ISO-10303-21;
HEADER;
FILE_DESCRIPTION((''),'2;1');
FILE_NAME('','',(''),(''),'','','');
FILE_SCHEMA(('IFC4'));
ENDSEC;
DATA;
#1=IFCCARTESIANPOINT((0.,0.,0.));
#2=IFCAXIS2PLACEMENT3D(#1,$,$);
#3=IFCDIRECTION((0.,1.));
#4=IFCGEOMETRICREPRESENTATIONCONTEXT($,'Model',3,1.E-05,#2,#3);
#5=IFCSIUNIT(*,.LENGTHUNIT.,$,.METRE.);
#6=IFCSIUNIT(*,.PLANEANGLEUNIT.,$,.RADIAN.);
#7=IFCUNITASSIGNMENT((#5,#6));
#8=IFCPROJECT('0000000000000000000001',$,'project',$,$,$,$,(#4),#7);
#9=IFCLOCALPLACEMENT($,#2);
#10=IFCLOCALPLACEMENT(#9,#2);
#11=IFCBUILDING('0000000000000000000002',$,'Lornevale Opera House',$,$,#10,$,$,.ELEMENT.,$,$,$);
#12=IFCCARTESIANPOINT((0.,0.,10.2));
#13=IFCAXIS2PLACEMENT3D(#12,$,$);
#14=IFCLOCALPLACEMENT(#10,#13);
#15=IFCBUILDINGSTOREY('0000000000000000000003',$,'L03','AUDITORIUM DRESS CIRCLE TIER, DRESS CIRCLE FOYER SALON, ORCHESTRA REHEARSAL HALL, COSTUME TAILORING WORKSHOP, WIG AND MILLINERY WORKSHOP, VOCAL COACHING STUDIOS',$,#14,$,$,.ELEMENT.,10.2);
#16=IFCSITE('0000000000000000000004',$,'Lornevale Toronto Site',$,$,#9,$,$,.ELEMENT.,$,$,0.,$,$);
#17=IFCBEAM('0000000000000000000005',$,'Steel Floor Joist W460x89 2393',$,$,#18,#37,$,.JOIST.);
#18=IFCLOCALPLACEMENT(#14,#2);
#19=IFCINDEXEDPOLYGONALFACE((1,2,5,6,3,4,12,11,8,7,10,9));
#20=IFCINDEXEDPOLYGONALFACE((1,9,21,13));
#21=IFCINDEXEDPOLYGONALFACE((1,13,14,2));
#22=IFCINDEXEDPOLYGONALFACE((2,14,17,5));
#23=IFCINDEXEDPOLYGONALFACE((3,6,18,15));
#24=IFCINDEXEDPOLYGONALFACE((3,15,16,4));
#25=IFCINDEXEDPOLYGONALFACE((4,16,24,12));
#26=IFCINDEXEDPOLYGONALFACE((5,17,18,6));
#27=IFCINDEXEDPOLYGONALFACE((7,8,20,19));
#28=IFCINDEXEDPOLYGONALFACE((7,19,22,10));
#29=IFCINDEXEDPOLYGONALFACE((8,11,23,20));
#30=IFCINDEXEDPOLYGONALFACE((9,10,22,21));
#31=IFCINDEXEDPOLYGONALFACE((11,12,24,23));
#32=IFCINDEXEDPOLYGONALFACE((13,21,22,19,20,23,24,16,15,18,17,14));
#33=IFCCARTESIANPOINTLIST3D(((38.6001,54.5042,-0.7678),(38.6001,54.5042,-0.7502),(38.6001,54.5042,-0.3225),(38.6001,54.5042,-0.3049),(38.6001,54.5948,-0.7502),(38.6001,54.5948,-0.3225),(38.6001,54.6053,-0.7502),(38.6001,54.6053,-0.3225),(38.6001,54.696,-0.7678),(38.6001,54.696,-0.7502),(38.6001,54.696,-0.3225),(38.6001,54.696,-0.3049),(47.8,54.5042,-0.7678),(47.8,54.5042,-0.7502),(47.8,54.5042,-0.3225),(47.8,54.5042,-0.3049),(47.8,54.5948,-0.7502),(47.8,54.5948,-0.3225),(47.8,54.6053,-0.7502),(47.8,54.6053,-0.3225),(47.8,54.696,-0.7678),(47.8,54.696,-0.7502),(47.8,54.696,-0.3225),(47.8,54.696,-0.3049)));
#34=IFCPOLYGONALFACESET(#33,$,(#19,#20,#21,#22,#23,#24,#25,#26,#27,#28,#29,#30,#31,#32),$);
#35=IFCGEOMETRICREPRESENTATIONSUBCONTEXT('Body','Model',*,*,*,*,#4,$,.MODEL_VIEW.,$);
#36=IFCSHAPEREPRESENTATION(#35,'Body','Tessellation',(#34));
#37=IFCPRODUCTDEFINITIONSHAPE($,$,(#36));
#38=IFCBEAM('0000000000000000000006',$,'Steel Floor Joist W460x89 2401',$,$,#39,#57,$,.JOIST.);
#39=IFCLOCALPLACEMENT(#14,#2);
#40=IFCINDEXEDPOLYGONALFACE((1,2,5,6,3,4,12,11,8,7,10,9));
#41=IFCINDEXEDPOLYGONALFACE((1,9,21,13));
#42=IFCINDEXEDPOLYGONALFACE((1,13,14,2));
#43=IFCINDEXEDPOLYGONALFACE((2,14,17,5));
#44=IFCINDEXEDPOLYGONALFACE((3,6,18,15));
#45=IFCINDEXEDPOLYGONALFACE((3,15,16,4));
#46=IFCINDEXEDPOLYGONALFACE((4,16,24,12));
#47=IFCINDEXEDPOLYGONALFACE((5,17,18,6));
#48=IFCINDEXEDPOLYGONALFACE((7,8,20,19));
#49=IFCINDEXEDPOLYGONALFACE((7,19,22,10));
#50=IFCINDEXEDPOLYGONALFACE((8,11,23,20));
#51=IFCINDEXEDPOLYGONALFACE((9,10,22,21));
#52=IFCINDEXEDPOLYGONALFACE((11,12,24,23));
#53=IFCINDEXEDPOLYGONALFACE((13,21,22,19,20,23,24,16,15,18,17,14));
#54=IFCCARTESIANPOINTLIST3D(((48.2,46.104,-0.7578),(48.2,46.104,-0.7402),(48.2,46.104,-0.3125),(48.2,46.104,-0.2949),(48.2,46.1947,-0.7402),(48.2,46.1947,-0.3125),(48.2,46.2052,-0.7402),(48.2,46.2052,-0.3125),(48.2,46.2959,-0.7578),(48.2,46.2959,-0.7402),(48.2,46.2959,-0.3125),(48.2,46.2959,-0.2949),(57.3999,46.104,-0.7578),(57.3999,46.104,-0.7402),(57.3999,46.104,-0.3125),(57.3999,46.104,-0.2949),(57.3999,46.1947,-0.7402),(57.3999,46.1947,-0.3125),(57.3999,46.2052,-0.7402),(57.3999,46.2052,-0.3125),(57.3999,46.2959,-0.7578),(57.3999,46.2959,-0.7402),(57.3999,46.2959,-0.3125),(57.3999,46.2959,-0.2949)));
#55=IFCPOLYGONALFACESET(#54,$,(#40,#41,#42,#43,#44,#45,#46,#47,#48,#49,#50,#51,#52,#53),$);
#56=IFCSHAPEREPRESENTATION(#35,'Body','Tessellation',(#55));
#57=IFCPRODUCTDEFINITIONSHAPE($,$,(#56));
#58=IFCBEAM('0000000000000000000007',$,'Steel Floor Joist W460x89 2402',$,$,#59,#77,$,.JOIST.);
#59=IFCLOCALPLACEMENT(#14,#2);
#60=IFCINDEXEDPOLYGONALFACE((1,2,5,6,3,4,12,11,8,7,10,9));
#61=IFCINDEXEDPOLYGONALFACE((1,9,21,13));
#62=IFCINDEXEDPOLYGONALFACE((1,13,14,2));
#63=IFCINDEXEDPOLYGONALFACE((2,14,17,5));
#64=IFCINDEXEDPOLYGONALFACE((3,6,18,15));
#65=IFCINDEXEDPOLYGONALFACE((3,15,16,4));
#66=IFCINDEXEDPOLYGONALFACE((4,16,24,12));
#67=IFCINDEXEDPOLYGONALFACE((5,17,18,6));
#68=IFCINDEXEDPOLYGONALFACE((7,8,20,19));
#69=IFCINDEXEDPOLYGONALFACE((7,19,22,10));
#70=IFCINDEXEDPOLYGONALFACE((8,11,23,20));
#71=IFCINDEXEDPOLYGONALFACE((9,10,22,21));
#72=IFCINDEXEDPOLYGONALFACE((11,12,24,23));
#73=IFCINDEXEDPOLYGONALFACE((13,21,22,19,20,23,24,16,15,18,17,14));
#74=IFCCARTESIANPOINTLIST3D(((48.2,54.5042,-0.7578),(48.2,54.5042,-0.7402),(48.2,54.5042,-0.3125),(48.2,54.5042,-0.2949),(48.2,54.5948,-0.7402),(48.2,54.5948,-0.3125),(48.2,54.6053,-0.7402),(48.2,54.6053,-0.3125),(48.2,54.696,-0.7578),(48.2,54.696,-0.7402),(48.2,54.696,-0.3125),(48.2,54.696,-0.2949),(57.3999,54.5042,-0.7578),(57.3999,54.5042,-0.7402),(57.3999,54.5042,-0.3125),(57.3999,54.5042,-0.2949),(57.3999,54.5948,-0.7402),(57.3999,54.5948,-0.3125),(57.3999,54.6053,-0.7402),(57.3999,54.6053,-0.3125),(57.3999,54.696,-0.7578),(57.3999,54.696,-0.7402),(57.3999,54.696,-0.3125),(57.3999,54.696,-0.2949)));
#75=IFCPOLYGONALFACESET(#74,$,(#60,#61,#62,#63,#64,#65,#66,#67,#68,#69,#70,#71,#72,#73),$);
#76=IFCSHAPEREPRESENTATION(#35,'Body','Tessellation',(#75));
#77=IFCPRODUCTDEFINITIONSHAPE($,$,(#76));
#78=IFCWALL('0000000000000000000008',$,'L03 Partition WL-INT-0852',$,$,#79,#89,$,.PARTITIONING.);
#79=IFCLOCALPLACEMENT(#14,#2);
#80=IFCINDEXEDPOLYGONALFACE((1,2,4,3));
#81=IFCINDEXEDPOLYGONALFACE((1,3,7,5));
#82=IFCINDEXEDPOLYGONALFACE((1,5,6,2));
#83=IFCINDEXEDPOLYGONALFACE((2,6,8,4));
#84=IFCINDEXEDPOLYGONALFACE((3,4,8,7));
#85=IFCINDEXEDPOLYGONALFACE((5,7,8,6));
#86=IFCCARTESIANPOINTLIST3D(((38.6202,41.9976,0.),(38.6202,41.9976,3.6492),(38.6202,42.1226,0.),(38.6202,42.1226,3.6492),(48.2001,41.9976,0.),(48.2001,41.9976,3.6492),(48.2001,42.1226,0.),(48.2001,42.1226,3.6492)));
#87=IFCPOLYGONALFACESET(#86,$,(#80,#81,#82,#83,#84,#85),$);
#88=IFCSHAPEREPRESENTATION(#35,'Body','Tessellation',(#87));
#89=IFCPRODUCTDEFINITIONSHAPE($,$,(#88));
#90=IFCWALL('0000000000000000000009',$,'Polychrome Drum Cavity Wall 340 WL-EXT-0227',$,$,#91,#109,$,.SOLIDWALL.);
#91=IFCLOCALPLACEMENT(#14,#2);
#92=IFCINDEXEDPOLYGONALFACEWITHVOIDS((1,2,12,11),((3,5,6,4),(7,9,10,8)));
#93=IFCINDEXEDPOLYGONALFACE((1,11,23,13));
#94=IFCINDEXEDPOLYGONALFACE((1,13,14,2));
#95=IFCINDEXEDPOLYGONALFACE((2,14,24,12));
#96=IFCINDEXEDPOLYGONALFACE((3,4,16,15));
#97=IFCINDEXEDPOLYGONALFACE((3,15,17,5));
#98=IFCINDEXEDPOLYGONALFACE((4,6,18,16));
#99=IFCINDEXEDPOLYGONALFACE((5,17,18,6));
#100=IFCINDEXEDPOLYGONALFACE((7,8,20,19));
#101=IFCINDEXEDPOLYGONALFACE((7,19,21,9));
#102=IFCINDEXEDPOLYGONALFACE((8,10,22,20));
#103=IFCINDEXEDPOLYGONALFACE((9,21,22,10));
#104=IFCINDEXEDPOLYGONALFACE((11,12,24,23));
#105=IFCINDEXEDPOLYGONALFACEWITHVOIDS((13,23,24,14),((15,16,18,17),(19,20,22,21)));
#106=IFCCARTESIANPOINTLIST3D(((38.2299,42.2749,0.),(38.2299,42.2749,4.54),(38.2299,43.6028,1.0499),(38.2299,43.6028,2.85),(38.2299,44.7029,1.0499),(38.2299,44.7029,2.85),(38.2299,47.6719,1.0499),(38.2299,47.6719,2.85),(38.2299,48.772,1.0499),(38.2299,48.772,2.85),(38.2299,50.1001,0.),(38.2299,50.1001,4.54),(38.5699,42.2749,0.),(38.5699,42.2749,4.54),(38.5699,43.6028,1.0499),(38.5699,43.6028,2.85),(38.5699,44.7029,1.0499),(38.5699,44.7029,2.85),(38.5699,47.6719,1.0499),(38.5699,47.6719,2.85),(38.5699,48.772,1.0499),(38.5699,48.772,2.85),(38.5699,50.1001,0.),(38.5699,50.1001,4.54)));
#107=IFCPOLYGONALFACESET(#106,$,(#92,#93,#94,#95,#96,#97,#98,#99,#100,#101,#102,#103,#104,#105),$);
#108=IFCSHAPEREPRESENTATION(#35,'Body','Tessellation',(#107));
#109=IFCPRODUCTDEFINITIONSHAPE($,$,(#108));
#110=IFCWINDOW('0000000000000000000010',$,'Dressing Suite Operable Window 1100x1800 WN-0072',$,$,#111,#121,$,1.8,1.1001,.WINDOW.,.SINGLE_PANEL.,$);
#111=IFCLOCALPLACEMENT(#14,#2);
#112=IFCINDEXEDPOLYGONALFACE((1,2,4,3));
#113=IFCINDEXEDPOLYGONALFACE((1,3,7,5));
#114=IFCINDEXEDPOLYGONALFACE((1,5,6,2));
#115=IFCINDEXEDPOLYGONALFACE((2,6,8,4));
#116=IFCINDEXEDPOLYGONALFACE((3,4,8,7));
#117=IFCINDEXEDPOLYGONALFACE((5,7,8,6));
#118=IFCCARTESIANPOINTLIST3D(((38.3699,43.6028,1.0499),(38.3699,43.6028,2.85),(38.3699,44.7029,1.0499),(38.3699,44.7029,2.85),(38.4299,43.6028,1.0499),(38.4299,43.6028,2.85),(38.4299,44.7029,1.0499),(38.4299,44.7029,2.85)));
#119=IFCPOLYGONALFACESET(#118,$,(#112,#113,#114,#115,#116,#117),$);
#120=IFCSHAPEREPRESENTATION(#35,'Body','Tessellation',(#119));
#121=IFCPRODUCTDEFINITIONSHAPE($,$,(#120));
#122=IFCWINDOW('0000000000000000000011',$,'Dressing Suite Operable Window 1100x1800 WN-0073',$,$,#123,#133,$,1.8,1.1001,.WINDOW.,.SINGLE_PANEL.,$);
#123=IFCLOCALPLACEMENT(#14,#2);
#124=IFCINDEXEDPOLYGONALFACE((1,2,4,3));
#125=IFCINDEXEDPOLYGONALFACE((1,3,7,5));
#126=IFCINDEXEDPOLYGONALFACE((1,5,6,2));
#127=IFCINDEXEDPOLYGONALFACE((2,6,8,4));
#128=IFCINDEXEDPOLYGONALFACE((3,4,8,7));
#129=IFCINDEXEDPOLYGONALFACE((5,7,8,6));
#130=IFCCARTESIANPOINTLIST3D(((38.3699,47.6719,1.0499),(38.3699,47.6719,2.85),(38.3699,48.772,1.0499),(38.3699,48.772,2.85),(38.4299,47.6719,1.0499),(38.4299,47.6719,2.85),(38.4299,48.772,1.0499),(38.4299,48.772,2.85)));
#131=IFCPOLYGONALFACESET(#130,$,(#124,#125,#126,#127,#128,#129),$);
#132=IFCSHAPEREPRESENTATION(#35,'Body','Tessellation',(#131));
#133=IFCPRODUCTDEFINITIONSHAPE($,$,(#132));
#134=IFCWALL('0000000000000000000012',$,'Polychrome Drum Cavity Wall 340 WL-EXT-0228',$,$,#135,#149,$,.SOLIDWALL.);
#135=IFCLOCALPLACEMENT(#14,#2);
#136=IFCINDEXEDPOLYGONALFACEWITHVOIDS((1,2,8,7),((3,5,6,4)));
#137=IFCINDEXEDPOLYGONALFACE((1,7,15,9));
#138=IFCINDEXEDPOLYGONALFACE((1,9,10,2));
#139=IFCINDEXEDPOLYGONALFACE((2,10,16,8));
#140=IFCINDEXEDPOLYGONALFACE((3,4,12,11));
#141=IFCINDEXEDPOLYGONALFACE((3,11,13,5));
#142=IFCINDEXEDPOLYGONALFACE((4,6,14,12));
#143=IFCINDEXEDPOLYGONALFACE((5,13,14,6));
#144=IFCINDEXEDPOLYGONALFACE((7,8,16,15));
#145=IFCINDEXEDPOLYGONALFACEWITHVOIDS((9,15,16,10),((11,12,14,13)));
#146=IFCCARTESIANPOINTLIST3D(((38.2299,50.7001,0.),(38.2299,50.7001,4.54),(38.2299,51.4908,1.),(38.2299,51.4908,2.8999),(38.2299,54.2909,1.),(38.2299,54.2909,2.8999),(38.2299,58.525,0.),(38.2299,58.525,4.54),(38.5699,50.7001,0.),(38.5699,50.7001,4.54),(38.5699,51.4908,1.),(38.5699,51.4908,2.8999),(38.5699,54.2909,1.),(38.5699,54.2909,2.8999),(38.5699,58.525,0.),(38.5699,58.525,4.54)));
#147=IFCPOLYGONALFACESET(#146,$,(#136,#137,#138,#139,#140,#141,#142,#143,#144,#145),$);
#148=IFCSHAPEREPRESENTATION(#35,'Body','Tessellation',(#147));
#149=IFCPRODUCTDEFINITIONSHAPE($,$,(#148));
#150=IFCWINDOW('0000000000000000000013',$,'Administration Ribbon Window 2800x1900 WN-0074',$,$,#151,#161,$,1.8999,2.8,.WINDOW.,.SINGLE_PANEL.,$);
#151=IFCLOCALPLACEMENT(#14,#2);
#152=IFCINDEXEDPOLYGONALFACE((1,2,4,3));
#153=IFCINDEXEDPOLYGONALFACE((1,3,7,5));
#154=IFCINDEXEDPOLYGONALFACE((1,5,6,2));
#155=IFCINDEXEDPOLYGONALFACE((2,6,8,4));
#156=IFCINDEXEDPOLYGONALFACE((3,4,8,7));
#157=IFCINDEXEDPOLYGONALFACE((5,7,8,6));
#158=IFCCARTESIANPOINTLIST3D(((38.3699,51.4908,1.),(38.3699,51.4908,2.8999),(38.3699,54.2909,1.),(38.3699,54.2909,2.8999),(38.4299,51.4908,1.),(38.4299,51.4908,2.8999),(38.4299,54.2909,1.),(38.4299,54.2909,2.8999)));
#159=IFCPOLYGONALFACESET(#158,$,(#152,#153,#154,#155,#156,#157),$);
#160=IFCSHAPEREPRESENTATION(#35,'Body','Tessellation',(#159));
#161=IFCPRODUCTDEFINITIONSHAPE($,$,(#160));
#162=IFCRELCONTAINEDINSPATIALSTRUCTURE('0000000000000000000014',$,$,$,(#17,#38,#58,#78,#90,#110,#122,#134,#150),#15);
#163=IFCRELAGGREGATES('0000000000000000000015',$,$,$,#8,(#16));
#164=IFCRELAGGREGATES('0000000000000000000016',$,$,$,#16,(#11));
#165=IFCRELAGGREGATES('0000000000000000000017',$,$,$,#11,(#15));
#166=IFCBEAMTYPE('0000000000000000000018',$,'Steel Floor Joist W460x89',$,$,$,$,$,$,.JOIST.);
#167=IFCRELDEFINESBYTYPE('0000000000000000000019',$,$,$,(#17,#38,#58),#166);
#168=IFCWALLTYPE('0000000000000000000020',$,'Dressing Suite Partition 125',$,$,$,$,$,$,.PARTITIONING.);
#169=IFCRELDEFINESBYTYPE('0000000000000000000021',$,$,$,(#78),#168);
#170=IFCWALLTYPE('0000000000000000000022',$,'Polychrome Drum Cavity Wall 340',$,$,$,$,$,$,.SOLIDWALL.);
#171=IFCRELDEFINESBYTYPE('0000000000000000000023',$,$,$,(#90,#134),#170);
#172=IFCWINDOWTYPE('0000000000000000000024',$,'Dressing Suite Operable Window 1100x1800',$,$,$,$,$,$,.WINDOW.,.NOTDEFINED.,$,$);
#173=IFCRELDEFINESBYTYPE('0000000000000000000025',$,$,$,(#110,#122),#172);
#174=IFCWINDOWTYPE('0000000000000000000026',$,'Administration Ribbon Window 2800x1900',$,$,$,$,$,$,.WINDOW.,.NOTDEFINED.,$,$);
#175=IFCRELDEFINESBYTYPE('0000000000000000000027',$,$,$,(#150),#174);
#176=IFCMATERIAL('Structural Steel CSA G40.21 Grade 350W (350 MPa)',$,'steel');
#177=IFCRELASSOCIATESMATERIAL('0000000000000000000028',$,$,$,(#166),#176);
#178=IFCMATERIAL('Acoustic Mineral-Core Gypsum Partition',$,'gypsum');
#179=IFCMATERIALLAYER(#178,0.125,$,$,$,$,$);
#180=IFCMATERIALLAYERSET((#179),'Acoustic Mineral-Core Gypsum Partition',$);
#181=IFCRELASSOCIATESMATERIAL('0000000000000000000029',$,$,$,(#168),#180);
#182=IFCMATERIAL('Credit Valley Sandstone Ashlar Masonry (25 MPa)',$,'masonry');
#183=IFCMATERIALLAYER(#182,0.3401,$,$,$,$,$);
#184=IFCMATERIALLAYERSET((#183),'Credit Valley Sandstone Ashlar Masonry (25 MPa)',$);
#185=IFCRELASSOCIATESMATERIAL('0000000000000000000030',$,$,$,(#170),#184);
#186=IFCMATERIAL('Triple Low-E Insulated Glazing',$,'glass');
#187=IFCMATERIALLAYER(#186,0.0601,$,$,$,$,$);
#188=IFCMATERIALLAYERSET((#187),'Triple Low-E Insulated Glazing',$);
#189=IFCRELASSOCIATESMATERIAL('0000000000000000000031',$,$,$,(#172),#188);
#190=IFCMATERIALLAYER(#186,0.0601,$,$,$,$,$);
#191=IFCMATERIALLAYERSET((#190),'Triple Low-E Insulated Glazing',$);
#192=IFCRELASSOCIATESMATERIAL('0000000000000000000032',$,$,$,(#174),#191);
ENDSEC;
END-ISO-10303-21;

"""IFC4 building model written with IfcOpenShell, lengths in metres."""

from ifc_helpers import new_model, si_unit, direction, frame, frame_2d, origin, origin_2d, place, context, subcontext, project, spatial, rectangle, i_section, extrude, material, layer, layer_set, material_profile, profile_set, type_object, element, fill, save


model = new_model("IFC4")

# Units and contexts
model_context = context("Model", 3, precision=1e-05, world=origin(), true_north=direction((0.0, 1.0)))
body_context = subcontext(model_context, "Body", "Model", "MODEL_VIEW")
ifc_project = project(units=[si_unit("LENGTHUNIT", "METRE"), si_unit("PLANEANGLEUNIT", "RADIAN")], contexts=[model_context])

# Site, building, storey
site_placement = place(None, origin())
site = spatial("IfcSite", under=ifc_project, at=site_placement, Name="Lornevale Toronto Site", CompositionType="ELEMENT", RefElevation=0.0)
building_placement = place(site_placement, origin())
building = spatial("IfcBuilding", under=site, at=building_placement, Name="Lornevale Opera House", CompositionType="ELEMENT")
storey_placement = place(building_placement, frame((0.0, 0.0, 10.2)))
storey = spatial("IfcBuildingStorey", under=building, at=storey_placement, Name="L03", Description="AUDITORIUM DRESS CIRCLE TIER, DRESS CIRCLE FOYER SALON, ORCHESTRA REHEARSAL HALL, COSTUME TAILORING WORKSHOP, WIG AND MILLINERY WORKSHOP, VOCAL COACHING STUDIOS", CompositionType="ELEMENT", Elevation=10.2)

# Beams
ifc_material_1 = material(Name="Structural Steel CSA G40.21 Grade 350W (350 MPa)", Category="steel")
ifc_material_profile_1 = material_profile(ifc_material_1, i_section(OverallWidth=0.1919, OverallDepth=0.4629, WebThickness=0.0105, FlangeThickness=0.0176, at=origin_2d()), Name="W460x89")
ifc_profile_set_1 = profile_set([ifc_material_profile_1], Name="Structural Steel CSA G40.21 Grade 350W (350 MPa)")
beam_type_1 = type_object("IfcBeamType", Name="Steel Floor Joist W460x89", PredefinedType="JOIST", material=ifc_profile_set_1)
for number, where, z_axis, x_axis, name in (
    (1, (38.6001, 54.6001, -0.5364), (1.0, 0.0, 0.0), (0.0, 1.0, 0.0), "Steel Floor Joist W460x89 2393"),
    (2, (48.2, 46.2, -0.5264), (1.0, 0.0, 0.0), (0.0, 1.0, 0.0), "Steel Floor Joist W460x89 2401"),
    (3, (48.2, 54.6001, -0.5264), (1.0, 0.0, 0.0), (0.0, 1.0, 0.0), "Steel Floor Joist W460x89 2402"),
):
    element("IfcBeam", number, at=place(storey_placement, frame(where, z_axis=z_axis, x_axis=x_axis)), inside=storey, type_object=beam_type_1, Name=name, PredefinedType="JOIST", context=body_context, shape_type="SweptSolid", body=[
        extrude(i_section(OverallWidth=0.1919, OverallDepth=0.4629, WebThickness=0.0105, FlangeThickness=0.0176, at=origin_2d()), origin(), (0.0, 0.0, 1.0), 9.2),
    ])

# Wall
ifc_material_2 = material(Name="Acoustic Mineral-Core Gypsum Partition", Category="gypsum")
ifc_layer_1 = layer(ifc_material_2, 0.125)
ifc_layer_set_1 = layer_set([ifc_layer_1], Name="Acoustic Mineral-Core Gypsum Partition")
wall_type_1 = type_object("IfcWallType", Name="Dressing Suite Partition 125", PredefinedType="PARTITIONING", material=ifc_layer_set_1)
wall_1_placement = place(storey_placement, frame((38.6201, 42.0601, 0.0), z_axis=(0.0, 0.0, 1.0), x_axis=(1.0, 0.0, 0.0)))
element("IfcWall", 4, at=wall_1_placement, inside=storey, type_object=wall_type_1, Name="L03 Partition WL-INT-0852", PredefinedType="PARTITIONING", context=body_context, shape_type="SweptSolid", body=[
    extrude(rectangle(XDim=9.5798, YDim=0.125, at=frame_2d((4.79, 0.0))), origin(), (0.0, 0.0, 1.0), 3.6492),
])

# Wall, openings, windows
ifc_material_3 = material(Name="Credit Valley Sandstone Ashlar Masonry (25 MPa)", Category="masonry")
ifc_layer_2 = layer(ifc_material_3, 0.3401)
ifc_layer_set_2 = layer_set([ifc_layer_2], Name="Credit Valley Sandstone Ashlar Masonry (25 MPa)")
wall_type_2 = type_object("IfcWallType", Name="Polychrome Drum Cavity Wall 340", PredefinedType="SOLIDWALL", material=ifc_layer_set_2)
wall_2_placement = place(storey_placement, frame((38.3999, 42.2749, 0.0), z_axis=(0.0, 0.0, 1.0), x_axis=(0.0, 1.0, 0.0)))
wall_2 = element("IfcWall", 5, at=wall_2_placement, inside=storey, type_object=wall_type_2, Name="Polychrome Drum Cavity Wall 340 WL-EXT-0227", PredefinedType="SOLIDWALL", context=body_context, shape_type="SweptSolid", body=[
    extrude(rectangle(XDim=7.8252, YDim=0.3401, at=frame_2d((3.9126, 0.0))), origin(), (0.0, 0.0, 1.0), 4.54),
])
opening_1_placement = place(wall_2_placement, frame((1.3279, 0.0, 1.05)))
opening_1 = element("IfcOpeningElement", 6, at=opening_1_placement, cuts=wall_2, PredefinedType="OPENING", context=body_context, shape_type="SweptSolid", body=[
    extrude(rectangle(XDim=1.1001, YDim=1.8, at=frame_2d((0.55, 0.8999))), frame((0.0, 0.1799, 0.0), z_axis=(0.0, -1.0, 0.0), x_axis=(1.0, 0.0, 0.0)), (0.0, 0.0, 1.0), 0.3601),
])
opening_2_placement = place(wall_2_placement, frame((5.397, 0.0, 1.05)))
opening_2 = element("IfcOpeningElement", 7, at=opening_2_placement, cuts=wall_2, PredefinedType="OPENING", context=body_context, shape_type="SweptSolid", body=[
    extrude(rectangle(XDim=1.1001, YDim=1.8, at=frame_2d((0.55, 0.8999))), frame((0.0, 0.1799, 0.0), z_axis=(0.0, -1.0, 0.0), x_axis=(1.0, 0.0, 0.0)), (0.0, 0.0, 1.0), 0.3601),
])
ifc_material_4 = material(Name="Triple Low-E Insulated Glazing", Category="glass")
ifc_layer_3 = layer(ifc_material_4, 0.0601)
ifc_layer_set_3 = layer_set([ifc_layer_3], Name="Triple Low-E Insulated Glazing")
window_type_1 = type_object("IfcWindowType", Name="Dressing Suite Operable Window 1100x1800", PartitioningType="NOTDEFINED", PredefinedType="WINDOW", material=ifc_layer_set_3)
window_1_placement = place(opening_1_placement, origin())
window_1 = element("IfcWindow", 8, at=window_1_placement, inside=storey, type_object=window_type_1, Name="Dressing Suite Operable Window 1100x1800 WN-0072", OverallHeight=1.8, OverallWidth=1.1001, PartitioningType="SINGLE_PANEL", PredefinedType="WINDOW", context=body_context, shape_type="SweptSolid", body=[
    extrude(rectangle(XDim=1.1001, YDim=1.8, at=frame_2d((0.55, 0.8999))), frame((0.0, 0.03, 0.0), z_axis=(0.0, -1.0, 0.0), x_axis=(1.0, 0.0, 0.0)), (0.0, 0.0, 1.0), 0.0601),
])
fill(opening_1, window_1)
window_2_placement = place(opening_2_placement, origin())
window_2 = element("IfcWindow", 9, at=window_2_placement, inside=storey, type_object=window_type_1, Name="Dressing Suite Operable Window 1100x1800 WN-0073", OverallHeight=1.8, OverallWidth=1.1001, PartitioningType="SINGLE_PANEL", PredefinedType="WINDOW", context=body_context, shape_type="SweptSolid", body=[
    extrude(rectangle(XDim=1.1001, YDim=1.8, at=frame_2d((0.55, 0.8999))), frame((0.0, 0.03, 0.0), z_axis=(0.0, -1.0, 0.0), x_axis=(1.0, 0.0, 0.0)), (0.0, 0.0, 1.0), 0.0601),
])
fill(opening_2, window_2)

# Wall, opening, window
wall_3_placement = place(storey_placement, frame((38.3999, 50.7, 0.0), z_axis=(0.0, 0.0, 1.0), x_axis=(0.0, 1.0, 0.0)))
wall_3 = element("IfcWall", 10, at=wall_3_placement, inside=storey, type_object=wall_type_2, Name="Polychrome Drum Cavity Wall 340 WL-EXT-0228", PredefinedType="SOLIDWALL", context=body_context, shape_type="SweptSolid", body=[
    extrude(rectangle(XDim=7.825, YDim=0.3401, at=frame_2d((3.9126, 0.0))), origin(), (0.0, 0.0, 1.0), 4.54),
])
opening_3_placement = place(wall_3_placement, frame((0.791, 0.0, 1.0)))
opening_3 = element("IfcOpeningElement", 11, at=opening_3_placement, cuts=wall_3, PredefinedType="OPENING", context=body_context, shape_type="SweptSolid", body=[
    extrude(rectangle(XDim=2.8, YDim=1.8999, at=frame_2d((1.3999, 0.95))), frame((0.0, 0.1799, 0.0), z_axis=(0.0, -1.0, 0.0), x_axis=(1.0, 0.0, 0.0)), (0.0, 0.0, 1.0), 0.3601),
])
ifc_layer_4 = layer(ifc_material_4, 0.0601)
ifc_layer_set_4 = layer_set([ifc_layer_4], Name="Triple Low-E Insulated Glazing")
window_type_2 = type_object("IfcWindowType", Name="Administration Ribbon Window 2800x1900", PartitioningType="NOTDEFINED", PredefinedType="WINDOW", material=ifc_layer_set_4)
window_3_placement = place(opening_3_placement, origin())
window_3 = element("IfcWindow", 12, at=window_3_placement, inside=storey, type_object=window_type_2, Name="Administration Ribbon Window 2800x1900 WN-0074", OverallHeight=1.8999, OverallWidth=2.8, PartitioningType="SINGLE_PANEL", PredefinedType="WINDOW", context=body_context, shape_type="SweptSolid", body=[
    extrude(rectangle(XDim=2.8, YDim=1.8999, at=frame_2d((1.3999, 0.95))), frame((0.0, 0.03, 0.0), z_axis=(0.0, -1.0, 0.0), x_axis=(1.0, 0.0, 0.0)), (0.0, 0.0, 1.0), 0.0601),
])
fill(opening_3, window_3)

save(model, "model.ifc")
